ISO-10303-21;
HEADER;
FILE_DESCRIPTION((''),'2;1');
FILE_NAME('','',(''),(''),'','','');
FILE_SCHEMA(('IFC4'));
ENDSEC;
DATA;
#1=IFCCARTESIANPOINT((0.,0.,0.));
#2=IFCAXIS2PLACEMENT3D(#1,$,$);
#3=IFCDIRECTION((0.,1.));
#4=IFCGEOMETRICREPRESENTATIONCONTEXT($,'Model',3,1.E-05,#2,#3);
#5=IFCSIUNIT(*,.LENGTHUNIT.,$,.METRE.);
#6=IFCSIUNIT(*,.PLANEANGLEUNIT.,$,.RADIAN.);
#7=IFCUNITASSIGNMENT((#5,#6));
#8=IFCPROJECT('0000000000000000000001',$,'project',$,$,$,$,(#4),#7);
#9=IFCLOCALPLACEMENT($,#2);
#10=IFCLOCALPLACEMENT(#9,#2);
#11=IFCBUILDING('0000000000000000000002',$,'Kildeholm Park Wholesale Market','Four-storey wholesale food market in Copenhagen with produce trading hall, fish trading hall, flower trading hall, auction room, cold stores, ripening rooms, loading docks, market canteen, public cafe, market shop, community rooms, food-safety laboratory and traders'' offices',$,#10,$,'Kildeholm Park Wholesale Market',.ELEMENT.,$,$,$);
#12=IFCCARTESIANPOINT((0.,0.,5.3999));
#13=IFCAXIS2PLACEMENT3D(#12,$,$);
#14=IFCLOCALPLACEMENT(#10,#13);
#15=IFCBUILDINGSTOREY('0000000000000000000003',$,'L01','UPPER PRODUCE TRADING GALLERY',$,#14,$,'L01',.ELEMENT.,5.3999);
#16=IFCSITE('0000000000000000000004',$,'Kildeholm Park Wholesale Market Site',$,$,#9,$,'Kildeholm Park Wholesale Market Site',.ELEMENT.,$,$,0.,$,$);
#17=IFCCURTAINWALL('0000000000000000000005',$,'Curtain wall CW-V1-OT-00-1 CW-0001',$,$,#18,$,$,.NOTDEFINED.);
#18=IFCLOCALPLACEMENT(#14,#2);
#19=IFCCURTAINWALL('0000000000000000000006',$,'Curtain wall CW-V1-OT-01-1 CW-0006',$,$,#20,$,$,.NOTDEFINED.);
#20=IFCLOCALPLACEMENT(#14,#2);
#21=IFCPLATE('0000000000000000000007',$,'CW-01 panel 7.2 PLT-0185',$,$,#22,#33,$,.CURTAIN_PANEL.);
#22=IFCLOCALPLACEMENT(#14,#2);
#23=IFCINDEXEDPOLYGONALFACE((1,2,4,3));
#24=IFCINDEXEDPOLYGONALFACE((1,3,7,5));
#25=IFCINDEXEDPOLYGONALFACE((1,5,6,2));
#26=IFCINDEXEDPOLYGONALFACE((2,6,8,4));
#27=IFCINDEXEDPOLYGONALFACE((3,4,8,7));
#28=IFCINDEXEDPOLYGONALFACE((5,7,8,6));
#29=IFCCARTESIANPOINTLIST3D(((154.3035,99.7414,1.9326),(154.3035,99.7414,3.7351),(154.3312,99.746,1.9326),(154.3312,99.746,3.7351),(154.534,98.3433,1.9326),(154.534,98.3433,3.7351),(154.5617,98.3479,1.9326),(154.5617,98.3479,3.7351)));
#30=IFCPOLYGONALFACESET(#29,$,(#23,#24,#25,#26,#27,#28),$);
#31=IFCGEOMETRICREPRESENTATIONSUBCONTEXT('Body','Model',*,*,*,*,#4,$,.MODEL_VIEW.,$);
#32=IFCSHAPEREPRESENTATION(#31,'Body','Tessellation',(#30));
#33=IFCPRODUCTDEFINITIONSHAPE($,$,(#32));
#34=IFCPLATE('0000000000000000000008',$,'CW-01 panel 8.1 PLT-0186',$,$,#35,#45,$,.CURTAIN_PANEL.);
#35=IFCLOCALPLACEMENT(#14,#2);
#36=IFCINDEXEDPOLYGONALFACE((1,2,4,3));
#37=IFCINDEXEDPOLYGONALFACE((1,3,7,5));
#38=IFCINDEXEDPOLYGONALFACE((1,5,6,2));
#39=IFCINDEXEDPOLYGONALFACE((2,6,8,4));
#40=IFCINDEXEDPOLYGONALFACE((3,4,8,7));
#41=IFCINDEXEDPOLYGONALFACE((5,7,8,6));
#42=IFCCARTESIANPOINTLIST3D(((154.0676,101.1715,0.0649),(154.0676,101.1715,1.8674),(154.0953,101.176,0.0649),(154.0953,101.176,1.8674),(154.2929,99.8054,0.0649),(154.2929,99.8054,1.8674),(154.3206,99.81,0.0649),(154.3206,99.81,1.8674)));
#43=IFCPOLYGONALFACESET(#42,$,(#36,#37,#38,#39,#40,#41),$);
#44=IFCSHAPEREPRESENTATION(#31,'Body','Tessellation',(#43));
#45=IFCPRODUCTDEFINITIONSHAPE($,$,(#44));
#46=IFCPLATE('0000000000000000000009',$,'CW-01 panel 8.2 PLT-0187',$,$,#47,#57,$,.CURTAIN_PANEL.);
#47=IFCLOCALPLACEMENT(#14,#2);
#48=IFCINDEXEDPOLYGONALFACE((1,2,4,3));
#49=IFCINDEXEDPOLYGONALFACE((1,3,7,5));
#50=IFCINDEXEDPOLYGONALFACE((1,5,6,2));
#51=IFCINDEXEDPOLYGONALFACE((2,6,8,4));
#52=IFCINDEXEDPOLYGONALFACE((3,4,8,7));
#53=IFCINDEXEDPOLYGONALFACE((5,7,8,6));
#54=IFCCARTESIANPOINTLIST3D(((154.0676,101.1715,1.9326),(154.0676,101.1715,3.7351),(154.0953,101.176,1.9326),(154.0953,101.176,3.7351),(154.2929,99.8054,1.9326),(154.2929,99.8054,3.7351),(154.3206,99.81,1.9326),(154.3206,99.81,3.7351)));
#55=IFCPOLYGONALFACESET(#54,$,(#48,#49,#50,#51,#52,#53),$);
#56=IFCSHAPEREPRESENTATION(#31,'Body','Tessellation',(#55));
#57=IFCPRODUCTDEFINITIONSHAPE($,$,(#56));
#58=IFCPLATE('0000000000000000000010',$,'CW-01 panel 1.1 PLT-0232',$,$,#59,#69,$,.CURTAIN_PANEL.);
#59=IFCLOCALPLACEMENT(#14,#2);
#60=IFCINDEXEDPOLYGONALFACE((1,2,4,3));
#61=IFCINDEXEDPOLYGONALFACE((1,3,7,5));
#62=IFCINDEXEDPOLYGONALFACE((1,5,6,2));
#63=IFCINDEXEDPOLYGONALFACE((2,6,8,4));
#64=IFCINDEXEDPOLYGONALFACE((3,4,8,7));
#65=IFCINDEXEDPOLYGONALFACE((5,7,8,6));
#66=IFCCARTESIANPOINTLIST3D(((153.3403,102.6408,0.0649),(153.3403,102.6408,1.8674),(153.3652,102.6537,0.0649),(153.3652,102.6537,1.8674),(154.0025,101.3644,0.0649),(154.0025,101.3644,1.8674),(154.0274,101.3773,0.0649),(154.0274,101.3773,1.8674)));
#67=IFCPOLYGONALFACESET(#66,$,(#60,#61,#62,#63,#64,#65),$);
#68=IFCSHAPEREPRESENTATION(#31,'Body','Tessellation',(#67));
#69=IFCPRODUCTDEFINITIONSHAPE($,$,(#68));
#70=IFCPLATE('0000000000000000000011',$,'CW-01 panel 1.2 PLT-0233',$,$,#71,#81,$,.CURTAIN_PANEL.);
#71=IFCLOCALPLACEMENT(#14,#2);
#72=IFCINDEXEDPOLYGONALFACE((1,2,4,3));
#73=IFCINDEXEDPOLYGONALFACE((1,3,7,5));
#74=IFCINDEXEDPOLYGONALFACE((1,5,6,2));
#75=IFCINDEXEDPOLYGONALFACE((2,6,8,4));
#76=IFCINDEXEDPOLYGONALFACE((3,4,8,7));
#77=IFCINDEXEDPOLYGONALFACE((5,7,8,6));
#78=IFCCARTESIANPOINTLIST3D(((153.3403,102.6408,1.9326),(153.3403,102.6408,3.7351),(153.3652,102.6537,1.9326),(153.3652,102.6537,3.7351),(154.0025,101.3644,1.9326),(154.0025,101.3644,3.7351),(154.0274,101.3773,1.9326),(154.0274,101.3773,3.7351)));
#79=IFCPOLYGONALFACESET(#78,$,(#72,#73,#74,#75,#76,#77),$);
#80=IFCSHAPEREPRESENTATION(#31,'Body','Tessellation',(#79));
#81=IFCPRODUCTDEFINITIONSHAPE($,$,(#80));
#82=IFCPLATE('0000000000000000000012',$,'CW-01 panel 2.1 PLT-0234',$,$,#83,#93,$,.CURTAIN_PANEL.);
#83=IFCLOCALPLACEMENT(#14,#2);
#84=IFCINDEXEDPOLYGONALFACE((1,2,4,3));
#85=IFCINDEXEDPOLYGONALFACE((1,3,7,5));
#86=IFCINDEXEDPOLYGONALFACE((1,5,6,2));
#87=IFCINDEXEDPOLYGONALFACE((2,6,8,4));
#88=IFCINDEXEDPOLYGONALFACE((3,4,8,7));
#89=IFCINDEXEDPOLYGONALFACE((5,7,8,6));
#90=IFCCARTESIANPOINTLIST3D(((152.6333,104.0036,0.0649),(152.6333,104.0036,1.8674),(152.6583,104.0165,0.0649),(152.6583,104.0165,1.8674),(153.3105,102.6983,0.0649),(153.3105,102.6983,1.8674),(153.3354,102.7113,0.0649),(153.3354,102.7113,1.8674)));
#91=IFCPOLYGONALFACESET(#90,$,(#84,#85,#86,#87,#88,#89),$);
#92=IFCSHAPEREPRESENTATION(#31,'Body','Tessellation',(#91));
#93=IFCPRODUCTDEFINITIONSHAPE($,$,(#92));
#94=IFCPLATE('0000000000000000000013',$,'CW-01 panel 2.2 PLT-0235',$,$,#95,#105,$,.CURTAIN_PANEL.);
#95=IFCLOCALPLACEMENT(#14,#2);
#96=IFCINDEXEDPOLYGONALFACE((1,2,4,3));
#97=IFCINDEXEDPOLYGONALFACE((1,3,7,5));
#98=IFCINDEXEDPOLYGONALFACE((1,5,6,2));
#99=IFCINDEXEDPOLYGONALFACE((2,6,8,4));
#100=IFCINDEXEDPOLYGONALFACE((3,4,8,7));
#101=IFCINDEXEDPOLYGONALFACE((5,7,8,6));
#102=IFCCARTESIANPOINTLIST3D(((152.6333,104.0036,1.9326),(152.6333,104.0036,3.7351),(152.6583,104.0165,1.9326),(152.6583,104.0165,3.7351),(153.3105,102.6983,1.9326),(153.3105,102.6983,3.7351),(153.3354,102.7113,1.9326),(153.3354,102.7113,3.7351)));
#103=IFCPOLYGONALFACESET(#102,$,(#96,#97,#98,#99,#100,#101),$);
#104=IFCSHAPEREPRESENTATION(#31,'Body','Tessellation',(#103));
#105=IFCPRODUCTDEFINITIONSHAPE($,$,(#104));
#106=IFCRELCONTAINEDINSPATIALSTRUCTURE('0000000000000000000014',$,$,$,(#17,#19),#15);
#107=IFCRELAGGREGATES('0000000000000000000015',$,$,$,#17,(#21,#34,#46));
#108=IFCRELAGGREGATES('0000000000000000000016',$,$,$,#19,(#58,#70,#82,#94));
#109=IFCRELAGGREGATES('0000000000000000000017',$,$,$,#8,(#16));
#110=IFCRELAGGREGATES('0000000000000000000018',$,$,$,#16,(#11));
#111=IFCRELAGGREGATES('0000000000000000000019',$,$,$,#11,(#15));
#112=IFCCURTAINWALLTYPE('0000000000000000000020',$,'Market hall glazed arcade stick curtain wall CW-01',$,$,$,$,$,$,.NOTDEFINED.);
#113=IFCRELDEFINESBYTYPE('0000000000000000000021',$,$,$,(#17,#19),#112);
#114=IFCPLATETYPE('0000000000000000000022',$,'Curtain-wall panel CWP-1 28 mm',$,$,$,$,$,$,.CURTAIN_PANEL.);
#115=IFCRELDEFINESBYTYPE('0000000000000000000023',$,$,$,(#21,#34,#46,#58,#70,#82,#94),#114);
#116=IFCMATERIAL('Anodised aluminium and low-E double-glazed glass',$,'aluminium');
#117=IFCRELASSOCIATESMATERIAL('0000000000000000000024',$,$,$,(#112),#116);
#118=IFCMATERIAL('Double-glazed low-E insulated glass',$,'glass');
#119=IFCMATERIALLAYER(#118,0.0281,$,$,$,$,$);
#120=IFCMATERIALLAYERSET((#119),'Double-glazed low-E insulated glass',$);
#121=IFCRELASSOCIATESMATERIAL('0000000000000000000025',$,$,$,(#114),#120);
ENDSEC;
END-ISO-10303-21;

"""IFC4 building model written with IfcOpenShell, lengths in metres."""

from ifc_helpers import new_model, si_unit, direction, frame, origin, origin_2d, place, context, subcontext, project, spatial, rectangle, extrude, material, layer, layer_set, type_object, element, aggregate, save


model = new_model("IFC4")

# Units and contexts
model_context = context("Model", 3, precision=1e-05, world=origin(), true_north=direction((0.0, 1.0)))
body_context = subcontext(model_context, "Body", "Model", "MODEL_VIEW")
ifc_project = project(units=[si_unit("LENGTHUNIT", "METRE"), si_unit("PLANEANGLEUNIT", "RADIAN")], contexts=[model_context])

# Site, building, storey
site_placement = place(None, origin())
site = spatial("IfcSite", under=ifc_project, at=site_placement, Name="Kildeholm Park Wholesale Market Site", LongName="Kildeholm Park Wholesale Market Site", CompositionType="ELEMENT", RefElevation=0.0)
building_placement = place(site_placement, origin())
building = spatial("IfcBuilding", under=site, at=building_placement, Name="Kildeholm Park Wholesale Market", Description="Four-storey wholesale food market in Copenhagen with produce trading hall, fish trading hall, flower trading hall, auction room, cold stores, ripening rooms, loading docks, market canteen, public cafe, market shop, community rooms, food-safety laboratory and traders' offices", LongName="Kildeholm Park Wholesale Market", CompositionType="ELEMENT")
storey_placement = place(building_placement, frame((0.0, 0.0, 5.3999)))
storey = spatial("IfcBuildingStorey", under=building, at=storey_placement, Name="L01", Description="UPPER PRODUCE TRADING GALLERY", LongName="L01", CompositionType="ELEMENT", Elevation=5.3999)

# Curtain walls
ifc_material_1 = material(Name="Anodised aluminium and low-E double-glazed glass", Category="aluminium")
curtain_wall_type = type_object("IfcCurtainWallType", Name="Market hall glazed arcade stick curtain wall CW-01", PredefinedType="NOTDEFINED", material=ifc_material_1)
curtain_wall_1_placement = place(storey_placement, origin())
curtain_wall_1 = element("IfcCurtainWall", 1, at=curtain_wall_1_placement, inside=storey, type_object=curtain_wall_type, Name="Curtain wall CW-V1-OT-00-1 CW-0001", PredefinedType="NOTDEFINED")
curtain_wall_2_placement = place(storey_placement, origin())
curtain_wall_2 = element("IfcCurtainWall", 2, at=curtain_wall_2_placement, inside=storey, type_object=curtain_wall_type, Name="Curtain wall CW-V1-OT-01-1 CW-0006", PredefinedType="NOTDEFINED")

# Plates
ifc_material_2 = material(Name="Double-glazed low-E insulated glass", Category="glass")
ifc_layer = layer(ifc_material_2, 0.0281)
ifc_layer_set = layer_set([ifc_layer], Name="Double-glazed low-E insulated glass")
plate_type = type_object("IfcPlateType", Name="Curtain-wall panel CWP-1 28 mm", PredefinedType="CURTAIN_PANEL", material=ifc_layer_set)
plate_1_placement = place(storey_placement, frame((154.4326, 99.0447, 1.9326), z_axis=(0.0, 0.0, 1.0), x_axis=(-0.162703, 0.986675, 0.0)))
plate_1 = element("IfcPlate", 3, at=plate_1_placement, type_object=plate_type, Name="CW-01 panel 7.2 PLT-0185", PredefinedType="CURTAIN_PANEL", context=body_context, shape_type="SweptSolid", body=[
    extrude(rectangle(XDim=1.417, YDim=0.0281, at=origin_2d()), origin(), (0.0, 0.0, 1.0), 1.8025),
])
plate_2_placement = place(storey_placement, frame((154.1941, 100.4907, 0.0649), z_axis=(0.0, 0.0, 1.0), x_axis=(-0.162703, 0.986675, 0.0)))
plate_2 = element("IfcPlate", 4, at=plate_2_placement, type_object=plate_type, Name="CW-01 panel 8.1 PLT-0186", PredefinedType="CURTAIN_PANEL", context=body_context, shape_type="SweptSolid", body=[
    extrude(rectangle(XDim=1.3845, YDim=0.0281, at=origin_2d()), origin(), (0.0, 0.0, 1.0), 1.8025),
])
plate_3_placement = place(storey_placement, frame((154.1941, 100.4907, 1.9326), z_axis=(0.0, 0.0, 1.0), x_axis=(-0.162703, 0.986675, 0.0)))
plate_3 = element("IfcPlate", 5, at=plate_3_placement, type_object=plate_type, Name="CW-01 panel 8.2 PLT-0187", PredefinedType="CURTAIN_PANEL", context=body_context, shape_type="SweptSolid", body=[
    extrude(rectangle(XDim=1.3845, YDim=0.0281, at=origin_2d()), origin(), (0.0, 0.0, 1.0), 1.8025),
])
aggregate(curtain_wall_1, [plate_1, plate_2, plate_3])
plate_4_placement = place(storey_placement, frame((153.6838, 102.009, 0.0649), z_axis=(0.0, 0.0, 1.0), x_axis=(-0.460514, 0.887652, 0.0)))
plate_4 = element("IfcPlate", 6, at=plate_4_placement, type_object=plate_type, Name="CW-01 panel 1.1 PLT-0232", PredefinedType="CURTAIN_PANEL", context=body_context, shape_type="SweptSolid", body=[
    extrude(rectangle(XDim=1.438, YDim=0.0281, at=origin_2d()), origin(), (0.0, 0.0, 1.0), 1.8025),
])
plate_5_placement = place(storey_placement, frame((153.6838, 102.009, 1.9326), z_axis=(0.0, 0.0, 1.0), x_axis=(-0.460514, 0.887652, 0.0)))
plate_5 = element("IfcPlate", 7, at=plate_5_placement, type_object=plate_type, Name="CW-01 panel 1.2 PLT-0233", PredefinedType="CURTAIN_PANEL", context=body_context, shape_type="SweptSolid", body=[
    extrude(rectangle(XDim=1.438, YDim=0.0281, at=origin_2d()), origin(), (0.0, 0.0, 1.0), 1.8025),
])
plate_6_placement = place(storey_placement, frame((152.9844, 103.3574, 0.0649), z_axis=(0.0, 0.0, 1.0), x_axis=(-0.460514, 0.887652, 0.0)))
plate_6 = element("IfcPlate", 8, at=plate_6_placement, type_object=plate_type, Name="CW-01 panel 2.1 PLT-0234", PredefinedType="CURTAIN_PANEL", context=body_context, shape_type="SweptSolid", body=[
    extrude(rectangle(XDim=1.4705, YDim=0.0281, at=origin_2d()), origin(), (0.0, 0.0, 1.0), 1.8025),
])
plate_7_placement = place(storey_placement, frame((152.9844, 103.3574, 1.9326), z_axis=(0.0, 0.0, 1.0), x_axis=(-0.460514, 0.887652, 0.0)))
plate_7 = element("IfcPlate", 9, at=plate_7_placement, type_object=plate_type, Name="CW-01 panel 2.2 PLT-0235", PredefinedType="CURTAIN_PANEL", context=body_context, shape_type="SweptSolid", body=[
    extrude(rectangle(XDim=1.4705, YDim=0.0281, at=origin_2d()), origin(), (0.0, 0.0, 1.0), 1.8025),
])
aggregate(curtain_wall_2, [plate_4, plate_5, plate_6, plate_7])

save(model, "model.ifc")
